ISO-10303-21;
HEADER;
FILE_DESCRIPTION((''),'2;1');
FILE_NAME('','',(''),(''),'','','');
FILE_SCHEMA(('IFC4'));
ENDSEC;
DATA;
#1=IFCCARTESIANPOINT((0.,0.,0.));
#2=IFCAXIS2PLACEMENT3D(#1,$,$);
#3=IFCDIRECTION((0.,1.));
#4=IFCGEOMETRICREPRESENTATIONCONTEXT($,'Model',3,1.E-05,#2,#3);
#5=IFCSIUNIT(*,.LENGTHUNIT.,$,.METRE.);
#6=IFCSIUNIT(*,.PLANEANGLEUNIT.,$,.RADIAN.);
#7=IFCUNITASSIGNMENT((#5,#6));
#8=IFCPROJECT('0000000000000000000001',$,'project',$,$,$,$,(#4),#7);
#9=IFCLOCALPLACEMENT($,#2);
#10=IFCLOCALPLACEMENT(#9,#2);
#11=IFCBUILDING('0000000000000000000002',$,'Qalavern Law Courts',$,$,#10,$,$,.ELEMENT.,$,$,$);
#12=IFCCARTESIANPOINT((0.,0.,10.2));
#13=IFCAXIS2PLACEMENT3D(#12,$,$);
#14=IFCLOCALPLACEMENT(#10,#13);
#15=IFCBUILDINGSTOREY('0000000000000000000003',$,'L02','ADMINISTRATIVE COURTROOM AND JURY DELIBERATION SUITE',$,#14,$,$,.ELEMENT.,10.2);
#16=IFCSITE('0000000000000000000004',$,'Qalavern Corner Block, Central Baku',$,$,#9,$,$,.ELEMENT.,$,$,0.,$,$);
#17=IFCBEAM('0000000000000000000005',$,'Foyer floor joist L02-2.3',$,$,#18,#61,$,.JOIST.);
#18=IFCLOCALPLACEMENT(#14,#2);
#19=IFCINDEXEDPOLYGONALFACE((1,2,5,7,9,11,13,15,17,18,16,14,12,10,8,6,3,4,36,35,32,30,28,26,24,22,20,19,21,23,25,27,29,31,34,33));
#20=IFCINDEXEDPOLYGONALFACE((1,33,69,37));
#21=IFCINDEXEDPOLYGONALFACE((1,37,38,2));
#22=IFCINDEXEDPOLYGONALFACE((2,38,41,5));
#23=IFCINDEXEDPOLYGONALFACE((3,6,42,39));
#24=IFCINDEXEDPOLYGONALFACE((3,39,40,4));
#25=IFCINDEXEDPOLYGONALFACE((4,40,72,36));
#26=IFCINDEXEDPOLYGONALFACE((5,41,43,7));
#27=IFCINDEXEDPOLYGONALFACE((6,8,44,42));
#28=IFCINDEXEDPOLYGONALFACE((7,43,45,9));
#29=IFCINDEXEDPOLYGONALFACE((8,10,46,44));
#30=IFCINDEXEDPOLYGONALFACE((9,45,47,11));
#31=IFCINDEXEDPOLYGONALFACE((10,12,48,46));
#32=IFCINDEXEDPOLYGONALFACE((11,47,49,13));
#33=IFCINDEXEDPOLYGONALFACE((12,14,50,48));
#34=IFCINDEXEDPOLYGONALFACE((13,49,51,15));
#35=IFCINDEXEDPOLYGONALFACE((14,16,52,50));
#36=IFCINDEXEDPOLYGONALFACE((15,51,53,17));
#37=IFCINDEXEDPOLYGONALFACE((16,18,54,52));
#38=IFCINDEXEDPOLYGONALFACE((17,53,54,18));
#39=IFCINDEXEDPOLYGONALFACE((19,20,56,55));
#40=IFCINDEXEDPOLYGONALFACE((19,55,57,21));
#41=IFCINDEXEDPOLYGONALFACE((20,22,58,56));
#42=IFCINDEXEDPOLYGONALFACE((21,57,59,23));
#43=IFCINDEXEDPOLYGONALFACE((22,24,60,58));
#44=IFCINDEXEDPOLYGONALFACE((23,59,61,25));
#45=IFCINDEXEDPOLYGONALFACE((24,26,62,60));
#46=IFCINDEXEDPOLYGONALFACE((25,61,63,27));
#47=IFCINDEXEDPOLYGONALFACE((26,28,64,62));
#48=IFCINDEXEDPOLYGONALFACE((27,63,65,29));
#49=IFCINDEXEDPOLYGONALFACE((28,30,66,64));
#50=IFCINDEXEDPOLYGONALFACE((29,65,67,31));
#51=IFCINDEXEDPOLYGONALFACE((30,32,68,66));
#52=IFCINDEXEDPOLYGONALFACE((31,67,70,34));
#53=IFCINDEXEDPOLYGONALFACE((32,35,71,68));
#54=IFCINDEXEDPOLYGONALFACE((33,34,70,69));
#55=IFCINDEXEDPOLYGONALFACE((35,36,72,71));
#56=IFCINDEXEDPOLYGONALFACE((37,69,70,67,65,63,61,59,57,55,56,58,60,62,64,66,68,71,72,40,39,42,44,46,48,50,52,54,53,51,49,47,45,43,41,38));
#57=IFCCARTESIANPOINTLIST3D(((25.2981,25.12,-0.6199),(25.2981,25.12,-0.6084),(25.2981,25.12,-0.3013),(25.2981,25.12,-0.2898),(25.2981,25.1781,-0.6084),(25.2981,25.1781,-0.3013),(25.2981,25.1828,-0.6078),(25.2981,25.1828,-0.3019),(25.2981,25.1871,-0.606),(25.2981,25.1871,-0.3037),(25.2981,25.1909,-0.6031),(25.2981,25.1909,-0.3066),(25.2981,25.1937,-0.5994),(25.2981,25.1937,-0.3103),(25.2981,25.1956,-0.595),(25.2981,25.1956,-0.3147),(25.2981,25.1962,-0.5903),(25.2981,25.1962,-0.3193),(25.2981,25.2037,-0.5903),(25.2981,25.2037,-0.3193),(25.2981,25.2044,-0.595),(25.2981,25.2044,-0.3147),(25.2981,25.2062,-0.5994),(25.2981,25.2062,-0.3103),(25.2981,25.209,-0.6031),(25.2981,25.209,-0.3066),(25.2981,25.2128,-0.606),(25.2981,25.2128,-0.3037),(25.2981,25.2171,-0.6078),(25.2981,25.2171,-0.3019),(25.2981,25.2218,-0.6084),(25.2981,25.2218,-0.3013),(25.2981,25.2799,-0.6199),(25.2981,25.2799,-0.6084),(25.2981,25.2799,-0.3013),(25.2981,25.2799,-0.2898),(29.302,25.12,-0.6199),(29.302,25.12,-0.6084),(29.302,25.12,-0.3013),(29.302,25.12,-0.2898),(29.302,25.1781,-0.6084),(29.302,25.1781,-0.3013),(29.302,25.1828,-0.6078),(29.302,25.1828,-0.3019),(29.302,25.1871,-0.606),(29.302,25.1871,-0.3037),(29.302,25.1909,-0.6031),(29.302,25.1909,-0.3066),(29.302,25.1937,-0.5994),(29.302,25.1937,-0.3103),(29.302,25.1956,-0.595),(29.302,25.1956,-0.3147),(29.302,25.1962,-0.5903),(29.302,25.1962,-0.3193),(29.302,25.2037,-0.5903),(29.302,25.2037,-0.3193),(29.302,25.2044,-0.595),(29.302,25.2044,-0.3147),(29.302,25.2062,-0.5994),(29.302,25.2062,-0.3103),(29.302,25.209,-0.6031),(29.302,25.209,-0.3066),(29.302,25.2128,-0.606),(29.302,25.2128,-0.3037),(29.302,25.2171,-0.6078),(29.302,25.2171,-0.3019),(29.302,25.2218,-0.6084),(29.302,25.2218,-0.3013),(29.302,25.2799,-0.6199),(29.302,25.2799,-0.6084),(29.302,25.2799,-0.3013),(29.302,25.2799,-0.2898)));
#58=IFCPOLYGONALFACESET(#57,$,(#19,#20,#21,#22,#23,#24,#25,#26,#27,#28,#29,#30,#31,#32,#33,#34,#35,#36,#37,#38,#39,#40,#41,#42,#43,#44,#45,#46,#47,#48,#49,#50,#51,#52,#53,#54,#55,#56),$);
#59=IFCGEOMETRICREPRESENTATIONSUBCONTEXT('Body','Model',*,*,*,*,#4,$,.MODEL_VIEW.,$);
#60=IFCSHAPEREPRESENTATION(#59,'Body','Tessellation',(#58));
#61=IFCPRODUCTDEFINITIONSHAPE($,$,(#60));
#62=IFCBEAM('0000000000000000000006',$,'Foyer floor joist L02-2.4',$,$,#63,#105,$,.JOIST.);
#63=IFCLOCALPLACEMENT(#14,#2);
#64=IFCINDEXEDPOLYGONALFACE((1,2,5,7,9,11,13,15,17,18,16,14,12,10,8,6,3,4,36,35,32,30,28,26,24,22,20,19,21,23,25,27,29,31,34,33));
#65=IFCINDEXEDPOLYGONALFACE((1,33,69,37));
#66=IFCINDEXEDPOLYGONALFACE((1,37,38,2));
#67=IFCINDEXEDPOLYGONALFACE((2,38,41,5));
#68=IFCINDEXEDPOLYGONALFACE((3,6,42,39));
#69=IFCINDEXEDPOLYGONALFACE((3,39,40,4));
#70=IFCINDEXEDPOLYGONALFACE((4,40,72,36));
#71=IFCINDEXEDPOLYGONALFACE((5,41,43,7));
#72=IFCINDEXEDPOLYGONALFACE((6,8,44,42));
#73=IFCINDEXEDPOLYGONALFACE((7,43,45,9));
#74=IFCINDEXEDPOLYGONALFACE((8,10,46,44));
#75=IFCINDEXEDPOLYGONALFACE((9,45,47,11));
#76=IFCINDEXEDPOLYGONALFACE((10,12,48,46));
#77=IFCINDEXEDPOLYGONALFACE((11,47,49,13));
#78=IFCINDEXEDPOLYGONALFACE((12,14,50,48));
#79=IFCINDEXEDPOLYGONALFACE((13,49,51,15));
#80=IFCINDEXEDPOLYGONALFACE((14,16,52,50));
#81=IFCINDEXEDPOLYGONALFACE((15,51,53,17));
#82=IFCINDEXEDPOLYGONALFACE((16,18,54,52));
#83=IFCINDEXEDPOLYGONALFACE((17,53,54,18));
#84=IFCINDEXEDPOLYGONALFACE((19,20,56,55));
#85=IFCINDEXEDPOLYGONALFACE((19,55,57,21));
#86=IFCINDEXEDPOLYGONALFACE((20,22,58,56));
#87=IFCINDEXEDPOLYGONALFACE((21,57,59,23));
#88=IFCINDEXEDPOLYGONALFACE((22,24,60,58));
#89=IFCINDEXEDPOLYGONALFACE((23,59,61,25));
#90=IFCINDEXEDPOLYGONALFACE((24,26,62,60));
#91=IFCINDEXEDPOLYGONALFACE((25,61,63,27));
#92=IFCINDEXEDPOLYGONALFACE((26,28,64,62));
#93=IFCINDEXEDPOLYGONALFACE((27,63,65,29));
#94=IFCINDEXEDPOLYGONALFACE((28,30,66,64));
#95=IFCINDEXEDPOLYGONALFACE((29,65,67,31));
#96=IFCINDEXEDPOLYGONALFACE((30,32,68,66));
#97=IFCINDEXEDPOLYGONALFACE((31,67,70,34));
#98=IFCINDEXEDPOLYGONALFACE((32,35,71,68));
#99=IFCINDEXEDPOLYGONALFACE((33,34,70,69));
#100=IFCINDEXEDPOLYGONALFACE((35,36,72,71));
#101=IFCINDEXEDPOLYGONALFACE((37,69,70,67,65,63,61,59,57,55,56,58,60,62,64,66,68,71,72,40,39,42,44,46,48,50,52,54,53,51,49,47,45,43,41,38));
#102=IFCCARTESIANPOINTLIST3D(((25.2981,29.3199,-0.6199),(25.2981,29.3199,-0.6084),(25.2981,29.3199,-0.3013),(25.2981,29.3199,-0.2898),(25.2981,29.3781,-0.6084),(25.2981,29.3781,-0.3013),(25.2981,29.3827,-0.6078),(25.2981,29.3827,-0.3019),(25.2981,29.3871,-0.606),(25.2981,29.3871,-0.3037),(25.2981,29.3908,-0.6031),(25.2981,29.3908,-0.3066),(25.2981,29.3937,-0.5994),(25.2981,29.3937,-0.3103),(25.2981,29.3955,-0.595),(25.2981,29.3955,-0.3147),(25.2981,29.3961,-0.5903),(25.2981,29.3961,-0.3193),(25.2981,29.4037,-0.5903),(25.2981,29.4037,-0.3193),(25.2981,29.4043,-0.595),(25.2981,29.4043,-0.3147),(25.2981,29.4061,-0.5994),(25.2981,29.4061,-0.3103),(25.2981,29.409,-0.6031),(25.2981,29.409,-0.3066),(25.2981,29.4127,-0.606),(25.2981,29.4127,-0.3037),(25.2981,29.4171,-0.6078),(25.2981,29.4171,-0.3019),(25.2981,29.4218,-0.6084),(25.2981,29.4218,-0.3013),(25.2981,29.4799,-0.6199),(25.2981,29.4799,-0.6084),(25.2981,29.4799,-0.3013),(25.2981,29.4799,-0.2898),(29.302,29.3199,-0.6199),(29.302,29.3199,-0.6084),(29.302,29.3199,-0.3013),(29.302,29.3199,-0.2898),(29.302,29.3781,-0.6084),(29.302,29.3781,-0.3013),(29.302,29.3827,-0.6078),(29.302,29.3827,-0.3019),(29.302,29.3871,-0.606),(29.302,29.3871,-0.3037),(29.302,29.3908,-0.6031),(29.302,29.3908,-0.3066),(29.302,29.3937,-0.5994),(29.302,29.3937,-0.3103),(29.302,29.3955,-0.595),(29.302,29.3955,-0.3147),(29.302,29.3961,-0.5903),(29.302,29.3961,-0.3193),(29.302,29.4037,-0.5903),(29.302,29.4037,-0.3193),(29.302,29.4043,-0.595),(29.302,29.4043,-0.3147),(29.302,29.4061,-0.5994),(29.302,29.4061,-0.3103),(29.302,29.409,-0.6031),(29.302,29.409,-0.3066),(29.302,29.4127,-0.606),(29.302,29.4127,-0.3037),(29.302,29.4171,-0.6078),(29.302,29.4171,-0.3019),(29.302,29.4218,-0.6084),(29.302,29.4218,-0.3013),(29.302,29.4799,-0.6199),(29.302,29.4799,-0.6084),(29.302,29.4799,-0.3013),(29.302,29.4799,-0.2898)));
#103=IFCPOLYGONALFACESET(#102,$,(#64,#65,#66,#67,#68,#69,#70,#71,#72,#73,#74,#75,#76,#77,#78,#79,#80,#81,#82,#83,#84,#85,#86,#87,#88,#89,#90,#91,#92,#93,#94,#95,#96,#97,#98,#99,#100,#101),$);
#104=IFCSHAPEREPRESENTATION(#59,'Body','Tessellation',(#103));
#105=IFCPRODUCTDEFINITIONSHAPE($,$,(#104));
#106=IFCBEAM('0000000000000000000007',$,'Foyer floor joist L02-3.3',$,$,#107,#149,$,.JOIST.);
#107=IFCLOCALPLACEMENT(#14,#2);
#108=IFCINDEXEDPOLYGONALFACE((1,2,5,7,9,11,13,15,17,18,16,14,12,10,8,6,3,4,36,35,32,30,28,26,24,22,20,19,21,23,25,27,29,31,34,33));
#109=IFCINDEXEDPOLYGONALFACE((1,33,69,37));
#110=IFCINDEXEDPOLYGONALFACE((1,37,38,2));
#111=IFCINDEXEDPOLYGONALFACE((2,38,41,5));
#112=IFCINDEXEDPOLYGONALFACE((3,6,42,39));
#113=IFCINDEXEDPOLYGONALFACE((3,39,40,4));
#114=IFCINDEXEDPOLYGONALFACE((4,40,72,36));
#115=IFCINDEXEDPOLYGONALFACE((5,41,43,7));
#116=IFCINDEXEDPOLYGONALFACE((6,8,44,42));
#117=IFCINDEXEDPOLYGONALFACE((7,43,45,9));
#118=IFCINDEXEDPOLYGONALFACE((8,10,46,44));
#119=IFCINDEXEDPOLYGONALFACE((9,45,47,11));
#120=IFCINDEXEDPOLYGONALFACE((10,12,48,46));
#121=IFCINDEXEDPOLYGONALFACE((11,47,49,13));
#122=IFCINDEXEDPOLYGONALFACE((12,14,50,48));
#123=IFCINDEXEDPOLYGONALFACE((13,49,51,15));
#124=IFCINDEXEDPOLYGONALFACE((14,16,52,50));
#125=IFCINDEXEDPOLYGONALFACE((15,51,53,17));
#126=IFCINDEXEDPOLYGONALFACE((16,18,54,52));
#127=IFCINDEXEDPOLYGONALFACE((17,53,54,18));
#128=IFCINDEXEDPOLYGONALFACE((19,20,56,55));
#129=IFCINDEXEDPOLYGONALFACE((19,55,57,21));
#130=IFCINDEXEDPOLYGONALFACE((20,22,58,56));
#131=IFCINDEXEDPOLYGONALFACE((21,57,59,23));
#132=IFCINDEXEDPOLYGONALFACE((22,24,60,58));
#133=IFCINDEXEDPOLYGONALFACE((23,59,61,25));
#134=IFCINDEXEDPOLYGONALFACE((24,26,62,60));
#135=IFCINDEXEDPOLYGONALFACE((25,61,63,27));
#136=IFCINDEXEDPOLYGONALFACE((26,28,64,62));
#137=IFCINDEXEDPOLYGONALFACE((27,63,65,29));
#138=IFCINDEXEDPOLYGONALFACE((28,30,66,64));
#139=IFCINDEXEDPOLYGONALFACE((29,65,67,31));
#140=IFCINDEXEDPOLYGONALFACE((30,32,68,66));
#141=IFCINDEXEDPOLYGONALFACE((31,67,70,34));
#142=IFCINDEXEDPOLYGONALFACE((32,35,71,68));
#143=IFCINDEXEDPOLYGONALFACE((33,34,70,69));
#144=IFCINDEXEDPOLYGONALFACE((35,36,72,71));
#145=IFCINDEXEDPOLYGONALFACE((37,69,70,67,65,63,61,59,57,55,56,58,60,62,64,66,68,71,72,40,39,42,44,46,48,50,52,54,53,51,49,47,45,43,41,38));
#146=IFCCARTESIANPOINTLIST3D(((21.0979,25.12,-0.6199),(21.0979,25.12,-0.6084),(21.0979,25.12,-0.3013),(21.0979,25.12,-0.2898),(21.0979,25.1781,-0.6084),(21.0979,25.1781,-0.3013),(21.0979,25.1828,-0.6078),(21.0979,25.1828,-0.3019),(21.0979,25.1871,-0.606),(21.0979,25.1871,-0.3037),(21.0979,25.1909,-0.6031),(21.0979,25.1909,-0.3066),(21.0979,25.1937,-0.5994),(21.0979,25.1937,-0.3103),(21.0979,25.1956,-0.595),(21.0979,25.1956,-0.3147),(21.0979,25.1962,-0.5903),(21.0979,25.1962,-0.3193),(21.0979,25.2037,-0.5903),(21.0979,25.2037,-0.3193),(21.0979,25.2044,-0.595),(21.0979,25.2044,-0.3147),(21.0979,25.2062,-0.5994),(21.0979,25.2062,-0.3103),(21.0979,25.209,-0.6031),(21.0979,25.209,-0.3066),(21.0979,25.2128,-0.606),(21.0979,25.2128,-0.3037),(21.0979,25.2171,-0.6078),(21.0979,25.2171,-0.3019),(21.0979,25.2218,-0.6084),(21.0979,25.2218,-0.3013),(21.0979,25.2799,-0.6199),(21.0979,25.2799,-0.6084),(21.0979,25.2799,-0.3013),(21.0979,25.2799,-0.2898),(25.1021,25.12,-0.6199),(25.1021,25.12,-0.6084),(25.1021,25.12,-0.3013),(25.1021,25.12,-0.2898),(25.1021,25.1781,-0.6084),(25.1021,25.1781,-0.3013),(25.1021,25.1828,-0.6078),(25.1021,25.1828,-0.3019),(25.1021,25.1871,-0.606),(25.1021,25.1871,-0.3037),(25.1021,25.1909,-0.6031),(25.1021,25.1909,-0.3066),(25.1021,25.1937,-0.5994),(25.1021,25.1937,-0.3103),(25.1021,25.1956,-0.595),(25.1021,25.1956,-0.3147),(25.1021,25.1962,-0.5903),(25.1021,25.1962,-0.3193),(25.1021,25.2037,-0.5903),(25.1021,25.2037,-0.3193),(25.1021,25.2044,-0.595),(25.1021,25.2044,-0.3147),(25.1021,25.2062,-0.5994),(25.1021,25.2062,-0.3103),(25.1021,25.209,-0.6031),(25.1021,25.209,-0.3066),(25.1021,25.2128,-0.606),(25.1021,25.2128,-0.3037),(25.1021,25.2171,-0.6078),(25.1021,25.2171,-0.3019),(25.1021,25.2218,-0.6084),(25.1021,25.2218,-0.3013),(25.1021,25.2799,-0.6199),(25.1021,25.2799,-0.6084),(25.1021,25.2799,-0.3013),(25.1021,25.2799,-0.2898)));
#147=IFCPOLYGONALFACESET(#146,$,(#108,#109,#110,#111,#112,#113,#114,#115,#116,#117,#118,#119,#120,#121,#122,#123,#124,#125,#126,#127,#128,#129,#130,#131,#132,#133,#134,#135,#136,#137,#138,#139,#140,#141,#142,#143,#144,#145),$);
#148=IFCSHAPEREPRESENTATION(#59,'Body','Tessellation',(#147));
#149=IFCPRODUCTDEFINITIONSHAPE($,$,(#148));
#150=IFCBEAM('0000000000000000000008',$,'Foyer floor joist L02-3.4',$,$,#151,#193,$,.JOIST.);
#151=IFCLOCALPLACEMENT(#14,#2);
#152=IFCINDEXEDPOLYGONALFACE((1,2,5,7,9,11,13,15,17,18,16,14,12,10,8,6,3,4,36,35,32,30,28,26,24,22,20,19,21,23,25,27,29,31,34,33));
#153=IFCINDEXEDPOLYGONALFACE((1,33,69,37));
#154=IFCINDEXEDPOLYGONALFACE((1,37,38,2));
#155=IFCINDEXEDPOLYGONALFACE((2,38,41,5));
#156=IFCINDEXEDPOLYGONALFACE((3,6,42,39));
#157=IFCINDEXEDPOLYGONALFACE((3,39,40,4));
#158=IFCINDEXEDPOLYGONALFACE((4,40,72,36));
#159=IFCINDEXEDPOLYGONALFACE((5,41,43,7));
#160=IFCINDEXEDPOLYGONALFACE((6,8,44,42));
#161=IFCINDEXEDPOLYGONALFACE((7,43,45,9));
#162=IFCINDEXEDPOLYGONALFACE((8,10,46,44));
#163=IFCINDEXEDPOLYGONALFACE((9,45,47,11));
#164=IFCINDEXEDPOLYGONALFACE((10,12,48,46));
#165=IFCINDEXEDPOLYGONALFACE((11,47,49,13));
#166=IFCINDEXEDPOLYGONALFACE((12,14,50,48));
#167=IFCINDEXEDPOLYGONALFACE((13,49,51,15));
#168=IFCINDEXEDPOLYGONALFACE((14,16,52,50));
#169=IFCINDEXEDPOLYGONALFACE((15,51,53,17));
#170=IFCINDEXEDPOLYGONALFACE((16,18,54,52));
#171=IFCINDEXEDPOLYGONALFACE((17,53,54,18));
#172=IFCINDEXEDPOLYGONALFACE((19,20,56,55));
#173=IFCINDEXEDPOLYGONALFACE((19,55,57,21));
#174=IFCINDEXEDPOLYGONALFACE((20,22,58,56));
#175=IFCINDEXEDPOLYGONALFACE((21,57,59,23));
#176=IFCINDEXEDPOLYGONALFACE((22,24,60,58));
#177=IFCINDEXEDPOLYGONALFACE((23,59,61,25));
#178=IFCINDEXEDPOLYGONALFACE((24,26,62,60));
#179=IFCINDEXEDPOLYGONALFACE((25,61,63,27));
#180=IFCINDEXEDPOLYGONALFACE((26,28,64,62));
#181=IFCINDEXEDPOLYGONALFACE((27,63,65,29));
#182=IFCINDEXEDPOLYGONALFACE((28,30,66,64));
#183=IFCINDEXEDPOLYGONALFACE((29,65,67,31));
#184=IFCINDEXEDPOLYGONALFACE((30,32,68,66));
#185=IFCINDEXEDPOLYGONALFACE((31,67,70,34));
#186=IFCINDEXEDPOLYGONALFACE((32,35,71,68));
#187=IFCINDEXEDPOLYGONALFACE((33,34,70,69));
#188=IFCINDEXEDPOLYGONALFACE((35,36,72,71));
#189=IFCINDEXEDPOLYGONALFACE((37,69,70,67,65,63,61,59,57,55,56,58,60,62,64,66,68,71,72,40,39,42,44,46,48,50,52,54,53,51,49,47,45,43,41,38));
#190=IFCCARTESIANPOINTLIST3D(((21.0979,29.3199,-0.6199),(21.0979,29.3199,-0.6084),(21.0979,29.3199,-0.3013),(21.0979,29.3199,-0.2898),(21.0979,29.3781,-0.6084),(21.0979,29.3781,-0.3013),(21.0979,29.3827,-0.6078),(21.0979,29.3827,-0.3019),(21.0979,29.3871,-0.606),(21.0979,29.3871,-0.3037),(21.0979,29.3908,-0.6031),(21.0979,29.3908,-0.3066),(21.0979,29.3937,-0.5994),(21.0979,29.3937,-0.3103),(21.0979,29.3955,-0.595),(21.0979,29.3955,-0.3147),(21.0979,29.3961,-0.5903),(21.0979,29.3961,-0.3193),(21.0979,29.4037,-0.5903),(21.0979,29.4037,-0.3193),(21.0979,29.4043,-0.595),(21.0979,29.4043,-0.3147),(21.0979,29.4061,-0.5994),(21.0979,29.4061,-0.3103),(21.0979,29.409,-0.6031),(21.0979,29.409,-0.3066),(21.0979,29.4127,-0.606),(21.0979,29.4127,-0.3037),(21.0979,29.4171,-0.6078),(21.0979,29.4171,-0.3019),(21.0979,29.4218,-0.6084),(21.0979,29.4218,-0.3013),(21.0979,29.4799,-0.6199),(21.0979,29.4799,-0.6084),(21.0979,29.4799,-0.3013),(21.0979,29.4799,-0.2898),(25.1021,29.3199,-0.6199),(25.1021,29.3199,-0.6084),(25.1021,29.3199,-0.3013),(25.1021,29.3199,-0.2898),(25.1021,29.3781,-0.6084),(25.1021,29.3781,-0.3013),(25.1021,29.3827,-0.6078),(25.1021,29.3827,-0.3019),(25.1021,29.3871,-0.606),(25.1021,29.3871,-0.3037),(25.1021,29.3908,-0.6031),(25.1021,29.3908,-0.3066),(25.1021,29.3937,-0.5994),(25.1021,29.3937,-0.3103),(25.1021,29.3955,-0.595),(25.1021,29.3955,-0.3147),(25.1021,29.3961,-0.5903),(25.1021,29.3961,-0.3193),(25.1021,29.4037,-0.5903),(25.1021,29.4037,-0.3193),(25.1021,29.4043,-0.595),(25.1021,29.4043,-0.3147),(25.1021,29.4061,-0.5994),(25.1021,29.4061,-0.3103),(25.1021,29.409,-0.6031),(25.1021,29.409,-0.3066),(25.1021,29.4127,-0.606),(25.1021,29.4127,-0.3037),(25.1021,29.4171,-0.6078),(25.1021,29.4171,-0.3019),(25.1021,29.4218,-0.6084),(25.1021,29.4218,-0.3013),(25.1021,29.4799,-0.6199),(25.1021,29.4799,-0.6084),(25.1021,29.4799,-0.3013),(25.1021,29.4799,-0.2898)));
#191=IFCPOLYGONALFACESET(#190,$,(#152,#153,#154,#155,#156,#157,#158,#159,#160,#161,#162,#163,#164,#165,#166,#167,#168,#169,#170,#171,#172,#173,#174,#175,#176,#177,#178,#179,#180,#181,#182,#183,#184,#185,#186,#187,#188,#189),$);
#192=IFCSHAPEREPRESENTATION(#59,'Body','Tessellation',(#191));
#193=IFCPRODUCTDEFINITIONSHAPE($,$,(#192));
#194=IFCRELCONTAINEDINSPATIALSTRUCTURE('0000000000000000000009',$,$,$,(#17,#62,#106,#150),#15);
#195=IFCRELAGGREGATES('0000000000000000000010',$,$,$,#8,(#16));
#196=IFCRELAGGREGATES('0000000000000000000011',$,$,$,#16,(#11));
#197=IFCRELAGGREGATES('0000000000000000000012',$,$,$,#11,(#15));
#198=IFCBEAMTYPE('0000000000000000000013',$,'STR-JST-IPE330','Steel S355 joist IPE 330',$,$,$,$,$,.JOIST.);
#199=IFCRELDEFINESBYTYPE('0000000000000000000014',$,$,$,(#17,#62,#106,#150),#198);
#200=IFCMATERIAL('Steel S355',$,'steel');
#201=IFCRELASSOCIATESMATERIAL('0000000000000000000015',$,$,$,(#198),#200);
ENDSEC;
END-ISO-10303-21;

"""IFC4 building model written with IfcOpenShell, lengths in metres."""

from ifc_helpers import new_model, si_unit, direction, frame, origin, origin_2d, place, context, subcontext, project, spatial, i_section, extrude, material, material_profile, profile_set, type_object, element, save


model = new_model("IFC4")

# Units and contexts
model_context = context("Model", 3, precision=1e-05, world=origin(), true_north=direction((0.0, 1.0)))
body_context = subcontext(model_context, "Body", "Model", "MODEL_VIEW")
ifc_project = project(units=[si_unit("LENGTHUNIT", "METRE"), si_unit("PLANEANGLEUNIT", "RADIAN")], contexts=[model_context])

# Site, building, storey
site_placement = place(None, origin())
site = spatial("IfcSite", under=ifc_project, at=site_placement, Name="Qalavern Corner Block, Central Baku", CompositionType="ELEMENT", RefElevation=0.0)
building_placement = place(site_placement, origin())
building = spatial("IfcBuilding", under=site, at=building_placement, Name="Qalavern Law Courts", CompositionType="ELEMENT")
storey_placement = place(building_placement, frame((0.0, 0.0, 10.2)))
storey = spatial("IfcBuildingStorey", under=building, at=storey_placement, Name="L02", Description="ADMINISTRATIVE COURTROOM AND JURY DELIBERATION SUITE", CompositionType="ELEMENT", Elevation=10.2)

# Shared definitions
ifc_material_1 = material(Name="Steel S355", Category="steel")

# Beams
ifc_material_profile_1 = material_profile(ifc_material_1, i_section(OverallWidth=0.1599, OverallDepth=0.3301, WebThickness=0.0076, FlangeThickness=0.0115, FilletRadius=0.0181, at=origin_2d()), Name="IPE 330")
ifc_profile_set_1 = profile_set([ifc_material_profile_1], Name="Steel S355")
beam_type_1 = type_object("IfcBeamType", Name="STR-JST-IPE330", Description="Steel S355 joist IPE 330", PredefinedType="JOIST", material=ifc_profile_set_1)
for number, where, z_axis, x_axis, name in (
    (1, (25.2981, 25.2, -0.4548), (1.0, 0.0, 0.0), (0.0, 1.0, 0.0), "Foyer floor joist L02-2.3"),
    (2, (25.2981, 29.3999, -0.4548), (1.0, 0.0, 0.0), (0.0, 1.0, 0.0), "Foyer floor joist L02-2.4"),
):
    element("IfcBeam", number, at=place(storey_placement, frame(where, z_axis=z_axis, x_axis=x_axis)), inside=storey, type_object=beam_type_1, Name=name, PredefinedType="JOIST", context=body_context, shape_type="SweptSolid", body=[
        extrude(i_section(OverallWidth=0.1599, OverallDepth=0.3301, WebThickness=0.0076, FlangeThickness=0.0115, FilletRadius=0.0181, at=origin_2d()), origin(), (0.0, 0.0, 1.0), 4.0039),
    ])
for number, where, z_axis, x_axis, name in (
    (3, (21.0979, 25.2, -0.4548), (1.0, 0.0, 0.0), (0.0, 1.0, 0.0), "Foyer floor joist L02-3.3"),
    (4, (21.0979, 29.3999, -0.4548), (1.0, 0.0, 0.0), (0.0, 1.0, 0.0), "Foyer floor joist L02-3.4"),
):
    element("IfcBeam", number, at=place(storey_placement, frame(where, z_axis=z_axis, x_axis=x_axis)), inside=storey, type_object=beam_type_1, Name=name, PredefinedType="JOIST", context=body_context, shape_type="SweptSolid", body=[
        extrude(i_section(OverallWidth=0.1599, OverallDepth=0.3301, WebThickness=0.0076, FlangeThickness=0.0115, FilletRadius=0.0181, at=origin_2d()), origin(), (0.0, 0.0, 1.0), 4.0042),
    ])

save(model, "model.ifc")
